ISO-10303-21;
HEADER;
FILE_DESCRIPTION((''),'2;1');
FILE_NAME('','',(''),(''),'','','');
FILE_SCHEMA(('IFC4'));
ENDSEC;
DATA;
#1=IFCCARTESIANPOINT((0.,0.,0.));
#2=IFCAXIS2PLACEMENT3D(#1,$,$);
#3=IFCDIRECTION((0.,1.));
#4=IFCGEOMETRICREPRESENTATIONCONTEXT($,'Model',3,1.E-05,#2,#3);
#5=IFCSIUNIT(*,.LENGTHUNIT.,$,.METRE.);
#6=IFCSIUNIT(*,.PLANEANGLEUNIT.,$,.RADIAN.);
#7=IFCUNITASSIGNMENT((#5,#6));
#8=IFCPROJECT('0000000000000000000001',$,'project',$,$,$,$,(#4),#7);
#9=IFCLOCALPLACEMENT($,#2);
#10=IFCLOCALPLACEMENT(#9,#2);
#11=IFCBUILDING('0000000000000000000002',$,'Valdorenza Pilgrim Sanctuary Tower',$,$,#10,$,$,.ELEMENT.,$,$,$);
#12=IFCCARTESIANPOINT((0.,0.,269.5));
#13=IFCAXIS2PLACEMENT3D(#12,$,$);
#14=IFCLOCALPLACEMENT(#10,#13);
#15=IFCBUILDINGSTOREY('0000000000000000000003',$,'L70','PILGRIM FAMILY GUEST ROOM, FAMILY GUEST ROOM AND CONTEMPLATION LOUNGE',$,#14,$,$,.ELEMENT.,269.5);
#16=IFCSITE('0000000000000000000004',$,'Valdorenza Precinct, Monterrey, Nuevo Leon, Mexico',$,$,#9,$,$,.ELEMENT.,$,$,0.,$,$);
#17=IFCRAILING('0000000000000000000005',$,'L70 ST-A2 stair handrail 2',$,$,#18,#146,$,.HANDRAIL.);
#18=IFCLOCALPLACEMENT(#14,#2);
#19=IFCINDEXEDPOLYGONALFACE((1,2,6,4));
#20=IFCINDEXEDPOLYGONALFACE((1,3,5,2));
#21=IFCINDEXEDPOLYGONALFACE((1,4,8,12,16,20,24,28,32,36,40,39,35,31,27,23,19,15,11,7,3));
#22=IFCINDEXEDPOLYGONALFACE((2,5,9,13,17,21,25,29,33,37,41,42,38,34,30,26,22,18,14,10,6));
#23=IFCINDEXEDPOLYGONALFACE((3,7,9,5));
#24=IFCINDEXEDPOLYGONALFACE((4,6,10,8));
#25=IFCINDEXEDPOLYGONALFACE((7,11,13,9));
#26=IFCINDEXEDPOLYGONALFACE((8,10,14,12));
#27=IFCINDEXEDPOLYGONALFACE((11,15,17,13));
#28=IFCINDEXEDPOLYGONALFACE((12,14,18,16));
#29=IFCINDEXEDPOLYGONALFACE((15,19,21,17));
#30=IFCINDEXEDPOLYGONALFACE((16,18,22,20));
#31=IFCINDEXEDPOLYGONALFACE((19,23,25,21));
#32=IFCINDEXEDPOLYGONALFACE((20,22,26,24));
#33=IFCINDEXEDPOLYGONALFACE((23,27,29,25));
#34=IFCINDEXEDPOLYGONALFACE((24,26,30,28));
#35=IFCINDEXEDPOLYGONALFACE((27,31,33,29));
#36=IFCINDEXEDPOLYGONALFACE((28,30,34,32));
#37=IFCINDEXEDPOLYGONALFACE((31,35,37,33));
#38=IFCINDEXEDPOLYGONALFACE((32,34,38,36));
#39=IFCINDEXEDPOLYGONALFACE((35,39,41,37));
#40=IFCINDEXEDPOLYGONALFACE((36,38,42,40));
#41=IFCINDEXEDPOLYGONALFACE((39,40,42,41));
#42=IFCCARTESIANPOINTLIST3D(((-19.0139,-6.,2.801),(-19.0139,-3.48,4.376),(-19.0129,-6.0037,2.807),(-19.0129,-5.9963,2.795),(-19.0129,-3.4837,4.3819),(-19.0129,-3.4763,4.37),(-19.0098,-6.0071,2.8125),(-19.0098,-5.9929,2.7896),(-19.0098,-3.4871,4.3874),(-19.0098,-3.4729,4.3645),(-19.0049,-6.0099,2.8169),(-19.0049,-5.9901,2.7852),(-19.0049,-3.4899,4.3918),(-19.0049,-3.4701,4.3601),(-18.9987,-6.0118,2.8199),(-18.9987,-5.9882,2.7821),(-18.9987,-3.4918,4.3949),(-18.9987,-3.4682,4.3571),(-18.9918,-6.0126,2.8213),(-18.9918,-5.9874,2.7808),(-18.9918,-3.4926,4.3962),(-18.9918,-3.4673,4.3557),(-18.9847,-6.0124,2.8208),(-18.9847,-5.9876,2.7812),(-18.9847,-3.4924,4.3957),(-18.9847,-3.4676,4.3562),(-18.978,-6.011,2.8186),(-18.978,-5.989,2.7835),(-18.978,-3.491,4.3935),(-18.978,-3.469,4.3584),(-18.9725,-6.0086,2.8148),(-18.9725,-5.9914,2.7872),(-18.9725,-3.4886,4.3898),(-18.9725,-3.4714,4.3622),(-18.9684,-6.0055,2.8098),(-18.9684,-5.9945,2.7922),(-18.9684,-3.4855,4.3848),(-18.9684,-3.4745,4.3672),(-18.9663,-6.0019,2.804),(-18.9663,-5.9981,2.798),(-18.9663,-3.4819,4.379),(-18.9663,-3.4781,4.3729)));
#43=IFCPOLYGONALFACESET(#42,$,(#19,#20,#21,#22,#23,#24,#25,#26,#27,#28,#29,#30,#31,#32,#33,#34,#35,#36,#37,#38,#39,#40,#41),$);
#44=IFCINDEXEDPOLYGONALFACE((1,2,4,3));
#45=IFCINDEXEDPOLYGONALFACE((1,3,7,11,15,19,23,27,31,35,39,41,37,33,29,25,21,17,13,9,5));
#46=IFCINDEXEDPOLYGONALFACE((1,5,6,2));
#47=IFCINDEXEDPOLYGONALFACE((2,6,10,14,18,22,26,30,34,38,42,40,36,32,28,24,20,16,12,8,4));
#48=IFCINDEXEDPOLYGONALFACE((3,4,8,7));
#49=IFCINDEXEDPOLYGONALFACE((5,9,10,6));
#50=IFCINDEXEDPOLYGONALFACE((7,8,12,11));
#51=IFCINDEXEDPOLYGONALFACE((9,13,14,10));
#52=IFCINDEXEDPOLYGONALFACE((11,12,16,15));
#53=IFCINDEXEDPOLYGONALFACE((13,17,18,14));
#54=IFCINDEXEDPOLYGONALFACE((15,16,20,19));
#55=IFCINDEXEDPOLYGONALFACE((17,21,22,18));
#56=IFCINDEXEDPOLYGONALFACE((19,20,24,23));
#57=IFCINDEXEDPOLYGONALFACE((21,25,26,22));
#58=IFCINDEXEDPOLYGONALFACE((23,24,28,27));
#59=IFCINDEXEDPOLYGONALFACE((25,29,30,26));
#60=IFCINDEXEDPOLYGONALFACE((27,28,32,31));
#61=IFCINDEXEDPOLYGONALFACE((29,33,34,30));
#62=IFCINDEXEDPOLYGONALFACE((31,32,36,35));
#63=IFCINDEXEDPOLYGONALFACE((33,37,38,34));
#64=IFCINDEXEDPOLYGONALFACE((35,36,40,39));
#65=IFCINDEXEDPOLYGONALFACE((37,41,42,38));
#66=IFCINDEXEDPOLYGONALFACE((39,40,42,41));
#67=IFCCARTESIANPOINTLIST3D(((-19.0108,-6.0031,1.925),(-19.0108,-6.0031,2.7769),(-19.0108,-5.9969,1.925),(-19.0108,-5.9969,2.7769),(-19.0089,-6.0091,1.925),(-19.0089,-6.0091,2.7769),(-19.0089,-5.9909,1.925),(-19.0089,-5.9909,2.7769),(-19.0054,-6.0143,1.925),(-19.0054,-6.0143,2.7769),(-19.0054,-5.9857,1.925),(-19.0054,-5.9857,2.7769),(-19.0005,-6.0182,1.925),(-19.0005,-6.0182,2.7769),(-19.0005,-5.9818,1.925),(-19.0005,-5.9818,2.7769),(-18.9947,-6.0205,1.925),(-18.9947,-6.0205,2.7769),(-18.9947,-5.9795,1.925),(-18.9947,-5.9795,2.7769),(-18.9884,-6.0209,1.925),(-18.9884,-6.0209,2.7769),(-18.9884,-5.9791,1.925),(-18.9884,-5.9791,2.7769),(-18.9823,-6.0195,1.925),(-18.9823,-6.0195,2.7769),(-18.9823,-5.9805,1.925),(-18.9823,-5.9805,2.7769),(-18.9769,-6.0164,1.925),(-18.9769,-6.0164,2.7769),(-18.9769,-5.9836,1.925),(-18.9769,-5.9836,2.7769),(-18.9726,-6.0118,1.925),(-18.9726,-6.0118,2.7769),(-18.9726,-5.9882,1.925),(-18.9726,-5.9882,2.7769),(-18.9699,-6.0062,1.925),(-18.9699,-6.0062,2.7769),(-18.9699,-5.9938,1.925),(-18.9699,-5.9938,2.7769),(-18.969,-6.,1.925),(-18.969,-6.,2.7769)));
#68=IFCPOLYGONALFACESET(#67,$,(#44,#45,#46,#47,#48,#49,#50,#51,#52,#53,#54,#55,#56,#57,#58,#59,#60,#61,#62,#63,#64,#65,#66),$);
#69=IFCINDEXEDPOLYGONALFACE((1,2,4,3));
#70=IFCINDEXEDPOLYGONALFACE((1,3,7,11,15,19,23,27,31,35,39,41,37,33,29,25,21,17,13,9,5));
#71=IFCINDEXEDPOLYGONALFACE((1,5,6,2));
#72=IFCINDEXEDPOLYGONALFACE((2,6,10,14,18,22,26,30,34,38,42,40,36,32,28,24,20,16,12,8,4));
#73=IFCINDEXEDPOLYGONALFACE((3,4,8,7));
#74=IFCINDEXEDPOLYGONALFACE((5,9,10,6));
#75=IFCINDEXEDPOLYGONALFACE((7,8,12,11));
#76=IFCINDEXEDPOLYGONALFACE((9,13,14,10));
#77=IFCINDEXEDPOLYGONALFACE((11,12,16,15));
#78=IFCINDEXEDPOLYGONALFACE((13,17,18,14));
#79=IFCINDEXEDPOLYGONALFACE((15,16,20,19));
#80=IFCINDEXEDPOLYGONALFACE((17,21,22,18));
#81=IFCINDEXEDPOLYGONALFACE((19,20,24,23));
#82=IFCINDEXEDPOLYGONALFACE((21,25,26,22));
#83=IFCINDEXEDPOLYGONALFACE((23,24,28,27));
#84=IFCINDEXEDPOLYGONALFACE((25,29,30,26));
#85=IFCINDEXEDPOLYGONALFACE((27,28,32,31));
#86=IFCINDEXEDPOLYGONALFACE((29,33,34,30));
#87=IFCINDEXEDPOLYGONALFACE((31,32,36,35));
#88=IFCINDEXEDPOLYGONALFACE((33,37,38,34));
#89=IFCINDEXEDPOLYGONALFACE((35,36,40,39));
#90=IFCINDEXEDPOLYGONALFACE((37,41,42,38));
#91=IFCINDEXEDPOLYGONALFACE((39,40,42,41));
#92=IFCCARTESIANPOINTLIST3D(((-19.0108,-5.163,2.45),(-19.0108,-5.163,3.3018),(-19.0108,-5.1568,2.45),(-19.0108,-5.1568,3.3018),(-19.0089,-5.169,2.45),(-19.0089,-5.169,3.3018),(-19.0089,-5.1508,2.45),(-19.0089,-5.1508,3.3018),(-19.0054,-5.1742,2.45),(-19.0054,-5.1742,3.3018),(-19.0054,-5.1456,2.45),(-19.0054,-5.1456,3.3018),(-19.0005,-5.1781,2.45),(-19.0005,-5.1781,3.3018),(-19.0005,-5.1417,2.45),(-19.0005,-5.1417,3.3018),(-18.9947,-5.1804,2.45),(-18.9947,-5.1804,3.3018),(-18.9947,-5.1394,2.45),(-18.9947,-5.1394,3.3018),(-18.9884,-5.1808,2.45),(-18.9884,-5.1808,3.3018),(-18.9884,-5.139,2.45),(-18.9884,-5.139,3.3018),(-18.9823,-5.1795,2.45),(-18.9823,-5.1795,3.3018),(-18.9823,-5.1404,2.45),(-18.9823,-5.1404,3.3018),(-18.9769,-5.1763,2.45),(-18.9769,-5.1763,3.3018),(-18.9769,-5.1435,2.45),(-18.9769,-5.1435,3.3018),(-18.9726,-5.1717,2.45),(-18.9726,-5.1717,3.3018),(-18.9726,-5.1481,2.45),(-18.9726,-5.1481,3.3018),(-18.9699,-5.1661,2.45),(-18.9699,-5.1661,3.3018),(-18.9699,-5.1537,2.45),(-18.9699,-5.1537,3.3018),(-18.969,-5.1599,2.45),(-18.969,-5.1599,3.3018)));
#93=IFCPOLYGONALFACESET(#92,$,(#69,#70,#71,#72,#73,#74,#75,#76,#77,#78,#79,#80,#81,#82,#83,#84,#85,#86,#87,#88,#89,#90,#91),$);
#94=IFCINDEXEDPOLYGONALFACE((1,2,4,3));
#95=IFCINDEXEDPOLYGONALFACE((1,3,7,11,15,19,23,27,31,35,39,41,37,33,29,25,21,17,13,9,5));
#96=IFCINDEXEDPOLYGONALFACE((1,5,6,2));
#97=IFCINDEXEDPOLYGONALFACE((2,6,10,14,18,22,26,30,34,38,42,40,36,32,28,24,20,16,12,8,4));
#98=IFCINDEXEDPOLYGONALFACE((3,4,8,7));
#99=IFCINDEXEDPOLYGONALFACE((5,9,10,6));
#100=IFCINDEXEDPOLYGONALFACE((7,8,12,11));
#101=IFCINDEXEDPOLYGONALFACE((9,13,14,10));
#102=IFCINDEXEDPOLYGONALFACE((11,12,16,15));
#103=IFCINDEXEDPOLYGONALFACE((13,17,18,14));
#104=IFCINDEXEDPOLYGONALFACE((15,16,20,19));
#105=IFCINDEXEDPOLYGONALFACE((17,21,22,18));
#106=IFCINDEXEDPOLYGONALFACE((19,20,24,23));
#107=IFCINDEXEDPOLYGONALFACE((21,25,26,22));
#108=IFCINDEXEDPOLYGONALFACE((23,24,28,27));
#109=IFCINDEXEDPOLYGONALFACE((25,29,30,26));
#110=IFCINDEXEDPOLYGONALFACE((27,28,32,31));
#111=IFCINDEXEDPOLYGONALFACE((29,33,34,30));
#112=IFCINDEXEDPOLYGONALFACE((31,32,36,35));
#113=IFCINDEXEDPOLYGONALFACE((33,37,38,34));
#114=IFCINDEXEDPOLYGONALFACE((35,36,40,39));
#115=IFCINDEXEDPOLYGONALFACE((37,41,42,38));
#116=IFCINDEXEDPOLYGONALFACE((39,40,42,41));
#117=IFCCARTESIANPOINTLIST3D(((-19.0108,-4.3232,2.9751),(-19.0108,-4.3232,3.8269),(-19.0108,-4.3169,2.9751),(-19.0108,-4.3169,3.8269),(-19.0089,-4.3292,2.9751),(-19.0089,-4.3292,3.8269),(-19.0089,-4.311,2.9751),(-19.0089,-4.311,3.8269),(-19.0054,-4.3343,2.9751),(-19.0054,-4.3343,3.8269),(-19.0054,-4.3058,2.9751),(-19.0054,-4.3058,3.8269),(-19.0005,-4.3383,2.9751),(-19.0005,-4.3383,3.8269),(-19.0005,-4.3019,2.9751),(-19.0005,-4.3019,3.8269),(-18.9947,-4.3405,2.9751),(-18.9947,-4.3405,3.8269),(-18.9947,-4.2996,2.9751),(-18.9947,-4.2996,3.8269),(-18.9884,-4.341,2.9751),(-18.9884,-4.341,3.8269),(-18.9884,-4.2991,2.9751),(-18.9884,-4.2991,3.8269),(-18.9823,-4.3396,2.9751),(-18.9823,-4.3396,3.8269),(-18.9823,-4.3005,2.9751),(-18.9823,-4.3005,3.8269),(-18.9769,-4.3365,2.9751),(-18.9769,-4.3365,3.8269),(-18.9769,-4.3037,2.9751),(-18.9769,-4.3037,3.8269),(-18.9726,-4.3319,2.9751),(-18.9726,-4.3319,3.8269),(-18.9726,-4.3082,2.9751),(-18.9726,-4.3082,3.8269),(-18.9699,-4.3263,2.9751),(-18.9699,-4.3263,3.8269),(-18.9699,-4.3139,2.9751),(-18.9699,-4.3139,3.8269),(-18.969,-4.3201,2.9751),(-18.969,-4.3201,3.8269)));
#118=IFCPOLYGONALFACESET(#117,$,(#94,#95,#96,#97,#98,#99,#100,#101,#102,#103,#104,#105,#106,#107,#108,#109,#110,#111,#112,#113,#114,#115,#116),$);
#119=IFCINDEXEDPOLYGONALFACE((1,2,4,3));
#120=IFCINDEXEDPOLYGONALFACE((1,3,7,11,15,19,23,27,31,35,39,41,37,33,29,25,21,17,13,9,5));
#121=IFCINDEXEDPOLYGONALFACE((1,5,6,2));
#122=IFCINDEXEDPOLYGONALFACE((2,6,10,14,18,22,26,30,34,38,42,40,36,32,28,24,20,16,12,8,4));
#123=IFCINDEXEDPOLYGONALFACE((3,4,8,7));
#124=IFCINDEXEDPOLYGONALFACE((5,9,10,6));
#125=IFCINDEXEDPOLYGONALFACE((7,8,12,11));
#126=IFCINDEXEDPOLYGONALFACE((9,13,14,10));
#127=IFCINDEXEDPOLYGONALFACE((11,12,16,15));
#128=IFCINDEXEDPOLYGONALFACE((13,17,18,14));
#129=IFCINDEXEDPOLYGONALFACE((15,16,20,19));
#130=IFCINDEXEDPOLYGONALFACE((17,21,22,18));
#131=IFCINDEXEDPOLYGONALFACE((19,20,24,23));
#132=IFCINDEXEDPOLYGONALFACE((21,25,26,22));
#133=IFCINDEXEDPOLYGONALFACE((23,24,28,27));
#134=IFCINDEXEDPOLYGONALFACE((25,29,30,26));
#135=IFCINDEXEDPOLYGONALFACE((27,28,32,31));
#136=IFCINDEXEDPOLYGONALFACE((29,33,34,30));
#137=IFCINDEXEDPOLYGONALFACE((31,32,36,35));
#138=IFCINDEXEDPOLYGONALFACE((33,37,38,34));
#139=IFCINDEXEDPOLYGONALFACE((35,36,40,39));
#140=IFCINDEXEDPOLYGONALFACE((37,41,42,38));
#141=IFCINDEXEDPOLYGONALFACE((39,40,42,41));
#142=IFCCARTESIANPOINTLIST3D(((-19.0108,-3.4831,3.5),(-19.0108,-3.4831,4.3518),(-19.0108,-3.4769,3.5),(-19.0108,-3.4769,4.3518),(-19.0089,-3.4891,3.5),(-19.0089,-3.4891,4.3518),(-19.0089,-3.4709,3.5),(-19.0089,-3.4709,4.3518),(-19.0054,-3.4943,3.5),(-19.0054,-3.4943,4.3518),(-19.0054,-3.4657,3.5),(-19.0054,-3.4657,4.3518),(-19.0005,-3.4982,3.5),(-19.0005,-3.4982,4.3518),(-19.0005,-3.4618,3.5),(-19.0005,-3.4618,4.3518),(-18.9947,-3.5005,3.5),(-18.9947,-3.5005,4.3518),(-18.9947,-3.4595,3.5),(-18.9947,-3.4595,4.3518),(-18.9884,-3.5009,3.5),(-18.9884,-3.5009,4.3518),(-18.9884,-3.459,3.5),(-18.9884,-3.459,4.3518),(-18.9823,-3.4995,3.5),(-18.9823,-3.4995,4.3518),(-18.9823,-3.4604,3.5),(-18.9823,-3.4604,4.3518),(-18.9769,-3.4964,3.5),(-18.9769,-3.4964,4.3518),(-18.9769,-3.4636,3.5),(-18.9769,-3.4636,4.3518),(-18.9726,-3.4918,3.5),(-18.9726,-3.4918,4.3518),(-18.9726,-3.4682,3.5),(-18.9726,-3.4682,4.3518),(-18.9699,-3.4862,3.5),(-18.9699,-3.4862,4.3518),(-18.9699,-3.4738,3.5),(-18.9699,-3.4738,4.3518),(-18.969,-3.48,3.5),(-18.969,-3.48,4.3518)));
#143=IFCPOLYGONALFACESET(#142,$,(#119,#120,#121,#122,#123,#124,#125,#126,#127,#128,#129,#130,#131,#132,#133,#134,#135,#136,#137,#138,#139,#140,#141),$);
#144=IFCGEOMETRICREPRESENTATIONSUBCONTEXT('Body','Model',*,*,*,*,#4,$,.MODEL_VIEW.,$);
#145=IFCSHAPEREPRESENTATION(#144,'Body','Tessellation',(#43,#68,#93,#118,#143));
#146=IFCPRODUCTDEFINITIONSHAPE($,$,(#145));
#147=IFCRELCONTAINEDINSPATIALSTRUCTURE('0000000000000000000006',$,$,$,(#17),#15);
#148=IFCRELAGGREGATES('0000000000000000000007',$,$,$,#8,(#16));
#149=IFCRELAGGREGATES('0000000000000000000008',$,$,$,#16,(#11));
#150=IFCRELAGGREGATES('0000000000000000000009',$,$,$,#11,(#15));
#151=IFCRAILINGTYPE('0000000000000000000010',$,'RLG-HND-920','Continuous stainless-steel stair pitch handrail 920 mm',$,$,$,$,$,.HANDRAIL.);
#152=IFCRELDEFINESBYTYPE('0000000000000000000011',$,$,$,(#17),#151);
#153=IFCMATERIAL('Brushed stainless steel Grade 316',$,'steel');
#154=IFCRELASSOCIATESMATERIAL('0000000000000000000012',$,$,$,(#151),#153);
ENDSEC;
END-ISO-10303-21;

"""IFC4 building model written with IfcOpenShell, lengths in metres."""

from ifc_helpers import new_model, si_unit, direction, frame, origin, origin_2d, place, context, subcontext, project, spatial, circle, extrude, material, type_object, element, save


model = new_model("IFC4")

# Units and contexts
model_context = context("Model", 3, precision=1e-05, world=origin(), true_north=direction((0.0, 1.0)))
body_context = subcontext(model_context, "Body", "Model", "MODEL_VIEW")
ifc_project = project(units=[si_unit("LENGTHUNIT", "METRE"), si_unit("PLANEANGLEUNIT", "RADIAN")], contexts=[model_context])

# Site, building, storey
site_placement = place(None, origin())
site = spatial("IfcSite", under=ifc_project, at=site_placement, Name="Valdorenza Precinct, Monterrey, Nuevo Leon, Mexico", CompositionType="ELEMENT", RefElevation=0.0)
building_placement = place(site_placement, origin())
building = spatial("IfcBuilding", under=site, at=building_placement, Name="Valdorenza Pilgrim Sanctuary Tower", CompositionType="ELEMENT")
storey_placement = place(building_placement, frame((0.0, 0.0, 269.5)))
storey = spatial("IfcBuildingStorey", under=building, at=storey_placement, Name="L70", Description="PILGRIM FAMILY GUEST ROOM, FAMILY GUEST ROOM AND CONTEMPLATION LOUNGE", CompositionType="ELEMENT", Elevation=269.5)

# Shared definitions
ifc_material_1 = material(Name="Brushed stainless steel Grade 316", Category="steel")

# Railing
railing_type_1 = type_object("IfcRailingType", Name="RLG-HND-920", Description="Continuous stainless-steel stair pitch handrail 920 mm", PredefinedType="HANDRAIL", material=ifc_material_1)
railing_1_placement = place(storey_placement, frame((-18.99, -6.0, 1.925)))
element("IfcRailing", 1, at=railing_1_placement, inside=storey, type_object=railing_type_1, Name="L70 ST-A2 stair handrail 2", PredefinedType="HANDRAIL", context=body_context, shape_type="SweptSolid", body=[
    extrude(circle(Radius=0.0239, at=origin_2d()), frame((0.0, 0.0, 0.876), z_axis=(0.0, 0.848008, 0.529984), x_axis=(-1.0, 0.0, 0.0)), (0.0, 0.0, 1.0), 2.9717),
    extrude(circle(Radius=0.021, at=origin_2d()), origin(), (0.0, 0.0, 1.0), 0.8518),
    extrude(circle(Radius=0.021, at=origin_2d()), frame((0.0, 0.8401, 0.5249)), (0.0, 0.0, 1.0), 0.8518),
    extrude(circle(Radius=0.021, at=origin_2d()), frame((0.0, 1.6799, 1.05)), (0.0, 0.0, 1.0), 0.8518),
    extrude(circle(Radius=0.021, at=origin_2d()), frame((0.0, 2.52, 1.575)), (0.0, 0.0, 1.0), 0.8518),
])

save(model, "model.ifc")
